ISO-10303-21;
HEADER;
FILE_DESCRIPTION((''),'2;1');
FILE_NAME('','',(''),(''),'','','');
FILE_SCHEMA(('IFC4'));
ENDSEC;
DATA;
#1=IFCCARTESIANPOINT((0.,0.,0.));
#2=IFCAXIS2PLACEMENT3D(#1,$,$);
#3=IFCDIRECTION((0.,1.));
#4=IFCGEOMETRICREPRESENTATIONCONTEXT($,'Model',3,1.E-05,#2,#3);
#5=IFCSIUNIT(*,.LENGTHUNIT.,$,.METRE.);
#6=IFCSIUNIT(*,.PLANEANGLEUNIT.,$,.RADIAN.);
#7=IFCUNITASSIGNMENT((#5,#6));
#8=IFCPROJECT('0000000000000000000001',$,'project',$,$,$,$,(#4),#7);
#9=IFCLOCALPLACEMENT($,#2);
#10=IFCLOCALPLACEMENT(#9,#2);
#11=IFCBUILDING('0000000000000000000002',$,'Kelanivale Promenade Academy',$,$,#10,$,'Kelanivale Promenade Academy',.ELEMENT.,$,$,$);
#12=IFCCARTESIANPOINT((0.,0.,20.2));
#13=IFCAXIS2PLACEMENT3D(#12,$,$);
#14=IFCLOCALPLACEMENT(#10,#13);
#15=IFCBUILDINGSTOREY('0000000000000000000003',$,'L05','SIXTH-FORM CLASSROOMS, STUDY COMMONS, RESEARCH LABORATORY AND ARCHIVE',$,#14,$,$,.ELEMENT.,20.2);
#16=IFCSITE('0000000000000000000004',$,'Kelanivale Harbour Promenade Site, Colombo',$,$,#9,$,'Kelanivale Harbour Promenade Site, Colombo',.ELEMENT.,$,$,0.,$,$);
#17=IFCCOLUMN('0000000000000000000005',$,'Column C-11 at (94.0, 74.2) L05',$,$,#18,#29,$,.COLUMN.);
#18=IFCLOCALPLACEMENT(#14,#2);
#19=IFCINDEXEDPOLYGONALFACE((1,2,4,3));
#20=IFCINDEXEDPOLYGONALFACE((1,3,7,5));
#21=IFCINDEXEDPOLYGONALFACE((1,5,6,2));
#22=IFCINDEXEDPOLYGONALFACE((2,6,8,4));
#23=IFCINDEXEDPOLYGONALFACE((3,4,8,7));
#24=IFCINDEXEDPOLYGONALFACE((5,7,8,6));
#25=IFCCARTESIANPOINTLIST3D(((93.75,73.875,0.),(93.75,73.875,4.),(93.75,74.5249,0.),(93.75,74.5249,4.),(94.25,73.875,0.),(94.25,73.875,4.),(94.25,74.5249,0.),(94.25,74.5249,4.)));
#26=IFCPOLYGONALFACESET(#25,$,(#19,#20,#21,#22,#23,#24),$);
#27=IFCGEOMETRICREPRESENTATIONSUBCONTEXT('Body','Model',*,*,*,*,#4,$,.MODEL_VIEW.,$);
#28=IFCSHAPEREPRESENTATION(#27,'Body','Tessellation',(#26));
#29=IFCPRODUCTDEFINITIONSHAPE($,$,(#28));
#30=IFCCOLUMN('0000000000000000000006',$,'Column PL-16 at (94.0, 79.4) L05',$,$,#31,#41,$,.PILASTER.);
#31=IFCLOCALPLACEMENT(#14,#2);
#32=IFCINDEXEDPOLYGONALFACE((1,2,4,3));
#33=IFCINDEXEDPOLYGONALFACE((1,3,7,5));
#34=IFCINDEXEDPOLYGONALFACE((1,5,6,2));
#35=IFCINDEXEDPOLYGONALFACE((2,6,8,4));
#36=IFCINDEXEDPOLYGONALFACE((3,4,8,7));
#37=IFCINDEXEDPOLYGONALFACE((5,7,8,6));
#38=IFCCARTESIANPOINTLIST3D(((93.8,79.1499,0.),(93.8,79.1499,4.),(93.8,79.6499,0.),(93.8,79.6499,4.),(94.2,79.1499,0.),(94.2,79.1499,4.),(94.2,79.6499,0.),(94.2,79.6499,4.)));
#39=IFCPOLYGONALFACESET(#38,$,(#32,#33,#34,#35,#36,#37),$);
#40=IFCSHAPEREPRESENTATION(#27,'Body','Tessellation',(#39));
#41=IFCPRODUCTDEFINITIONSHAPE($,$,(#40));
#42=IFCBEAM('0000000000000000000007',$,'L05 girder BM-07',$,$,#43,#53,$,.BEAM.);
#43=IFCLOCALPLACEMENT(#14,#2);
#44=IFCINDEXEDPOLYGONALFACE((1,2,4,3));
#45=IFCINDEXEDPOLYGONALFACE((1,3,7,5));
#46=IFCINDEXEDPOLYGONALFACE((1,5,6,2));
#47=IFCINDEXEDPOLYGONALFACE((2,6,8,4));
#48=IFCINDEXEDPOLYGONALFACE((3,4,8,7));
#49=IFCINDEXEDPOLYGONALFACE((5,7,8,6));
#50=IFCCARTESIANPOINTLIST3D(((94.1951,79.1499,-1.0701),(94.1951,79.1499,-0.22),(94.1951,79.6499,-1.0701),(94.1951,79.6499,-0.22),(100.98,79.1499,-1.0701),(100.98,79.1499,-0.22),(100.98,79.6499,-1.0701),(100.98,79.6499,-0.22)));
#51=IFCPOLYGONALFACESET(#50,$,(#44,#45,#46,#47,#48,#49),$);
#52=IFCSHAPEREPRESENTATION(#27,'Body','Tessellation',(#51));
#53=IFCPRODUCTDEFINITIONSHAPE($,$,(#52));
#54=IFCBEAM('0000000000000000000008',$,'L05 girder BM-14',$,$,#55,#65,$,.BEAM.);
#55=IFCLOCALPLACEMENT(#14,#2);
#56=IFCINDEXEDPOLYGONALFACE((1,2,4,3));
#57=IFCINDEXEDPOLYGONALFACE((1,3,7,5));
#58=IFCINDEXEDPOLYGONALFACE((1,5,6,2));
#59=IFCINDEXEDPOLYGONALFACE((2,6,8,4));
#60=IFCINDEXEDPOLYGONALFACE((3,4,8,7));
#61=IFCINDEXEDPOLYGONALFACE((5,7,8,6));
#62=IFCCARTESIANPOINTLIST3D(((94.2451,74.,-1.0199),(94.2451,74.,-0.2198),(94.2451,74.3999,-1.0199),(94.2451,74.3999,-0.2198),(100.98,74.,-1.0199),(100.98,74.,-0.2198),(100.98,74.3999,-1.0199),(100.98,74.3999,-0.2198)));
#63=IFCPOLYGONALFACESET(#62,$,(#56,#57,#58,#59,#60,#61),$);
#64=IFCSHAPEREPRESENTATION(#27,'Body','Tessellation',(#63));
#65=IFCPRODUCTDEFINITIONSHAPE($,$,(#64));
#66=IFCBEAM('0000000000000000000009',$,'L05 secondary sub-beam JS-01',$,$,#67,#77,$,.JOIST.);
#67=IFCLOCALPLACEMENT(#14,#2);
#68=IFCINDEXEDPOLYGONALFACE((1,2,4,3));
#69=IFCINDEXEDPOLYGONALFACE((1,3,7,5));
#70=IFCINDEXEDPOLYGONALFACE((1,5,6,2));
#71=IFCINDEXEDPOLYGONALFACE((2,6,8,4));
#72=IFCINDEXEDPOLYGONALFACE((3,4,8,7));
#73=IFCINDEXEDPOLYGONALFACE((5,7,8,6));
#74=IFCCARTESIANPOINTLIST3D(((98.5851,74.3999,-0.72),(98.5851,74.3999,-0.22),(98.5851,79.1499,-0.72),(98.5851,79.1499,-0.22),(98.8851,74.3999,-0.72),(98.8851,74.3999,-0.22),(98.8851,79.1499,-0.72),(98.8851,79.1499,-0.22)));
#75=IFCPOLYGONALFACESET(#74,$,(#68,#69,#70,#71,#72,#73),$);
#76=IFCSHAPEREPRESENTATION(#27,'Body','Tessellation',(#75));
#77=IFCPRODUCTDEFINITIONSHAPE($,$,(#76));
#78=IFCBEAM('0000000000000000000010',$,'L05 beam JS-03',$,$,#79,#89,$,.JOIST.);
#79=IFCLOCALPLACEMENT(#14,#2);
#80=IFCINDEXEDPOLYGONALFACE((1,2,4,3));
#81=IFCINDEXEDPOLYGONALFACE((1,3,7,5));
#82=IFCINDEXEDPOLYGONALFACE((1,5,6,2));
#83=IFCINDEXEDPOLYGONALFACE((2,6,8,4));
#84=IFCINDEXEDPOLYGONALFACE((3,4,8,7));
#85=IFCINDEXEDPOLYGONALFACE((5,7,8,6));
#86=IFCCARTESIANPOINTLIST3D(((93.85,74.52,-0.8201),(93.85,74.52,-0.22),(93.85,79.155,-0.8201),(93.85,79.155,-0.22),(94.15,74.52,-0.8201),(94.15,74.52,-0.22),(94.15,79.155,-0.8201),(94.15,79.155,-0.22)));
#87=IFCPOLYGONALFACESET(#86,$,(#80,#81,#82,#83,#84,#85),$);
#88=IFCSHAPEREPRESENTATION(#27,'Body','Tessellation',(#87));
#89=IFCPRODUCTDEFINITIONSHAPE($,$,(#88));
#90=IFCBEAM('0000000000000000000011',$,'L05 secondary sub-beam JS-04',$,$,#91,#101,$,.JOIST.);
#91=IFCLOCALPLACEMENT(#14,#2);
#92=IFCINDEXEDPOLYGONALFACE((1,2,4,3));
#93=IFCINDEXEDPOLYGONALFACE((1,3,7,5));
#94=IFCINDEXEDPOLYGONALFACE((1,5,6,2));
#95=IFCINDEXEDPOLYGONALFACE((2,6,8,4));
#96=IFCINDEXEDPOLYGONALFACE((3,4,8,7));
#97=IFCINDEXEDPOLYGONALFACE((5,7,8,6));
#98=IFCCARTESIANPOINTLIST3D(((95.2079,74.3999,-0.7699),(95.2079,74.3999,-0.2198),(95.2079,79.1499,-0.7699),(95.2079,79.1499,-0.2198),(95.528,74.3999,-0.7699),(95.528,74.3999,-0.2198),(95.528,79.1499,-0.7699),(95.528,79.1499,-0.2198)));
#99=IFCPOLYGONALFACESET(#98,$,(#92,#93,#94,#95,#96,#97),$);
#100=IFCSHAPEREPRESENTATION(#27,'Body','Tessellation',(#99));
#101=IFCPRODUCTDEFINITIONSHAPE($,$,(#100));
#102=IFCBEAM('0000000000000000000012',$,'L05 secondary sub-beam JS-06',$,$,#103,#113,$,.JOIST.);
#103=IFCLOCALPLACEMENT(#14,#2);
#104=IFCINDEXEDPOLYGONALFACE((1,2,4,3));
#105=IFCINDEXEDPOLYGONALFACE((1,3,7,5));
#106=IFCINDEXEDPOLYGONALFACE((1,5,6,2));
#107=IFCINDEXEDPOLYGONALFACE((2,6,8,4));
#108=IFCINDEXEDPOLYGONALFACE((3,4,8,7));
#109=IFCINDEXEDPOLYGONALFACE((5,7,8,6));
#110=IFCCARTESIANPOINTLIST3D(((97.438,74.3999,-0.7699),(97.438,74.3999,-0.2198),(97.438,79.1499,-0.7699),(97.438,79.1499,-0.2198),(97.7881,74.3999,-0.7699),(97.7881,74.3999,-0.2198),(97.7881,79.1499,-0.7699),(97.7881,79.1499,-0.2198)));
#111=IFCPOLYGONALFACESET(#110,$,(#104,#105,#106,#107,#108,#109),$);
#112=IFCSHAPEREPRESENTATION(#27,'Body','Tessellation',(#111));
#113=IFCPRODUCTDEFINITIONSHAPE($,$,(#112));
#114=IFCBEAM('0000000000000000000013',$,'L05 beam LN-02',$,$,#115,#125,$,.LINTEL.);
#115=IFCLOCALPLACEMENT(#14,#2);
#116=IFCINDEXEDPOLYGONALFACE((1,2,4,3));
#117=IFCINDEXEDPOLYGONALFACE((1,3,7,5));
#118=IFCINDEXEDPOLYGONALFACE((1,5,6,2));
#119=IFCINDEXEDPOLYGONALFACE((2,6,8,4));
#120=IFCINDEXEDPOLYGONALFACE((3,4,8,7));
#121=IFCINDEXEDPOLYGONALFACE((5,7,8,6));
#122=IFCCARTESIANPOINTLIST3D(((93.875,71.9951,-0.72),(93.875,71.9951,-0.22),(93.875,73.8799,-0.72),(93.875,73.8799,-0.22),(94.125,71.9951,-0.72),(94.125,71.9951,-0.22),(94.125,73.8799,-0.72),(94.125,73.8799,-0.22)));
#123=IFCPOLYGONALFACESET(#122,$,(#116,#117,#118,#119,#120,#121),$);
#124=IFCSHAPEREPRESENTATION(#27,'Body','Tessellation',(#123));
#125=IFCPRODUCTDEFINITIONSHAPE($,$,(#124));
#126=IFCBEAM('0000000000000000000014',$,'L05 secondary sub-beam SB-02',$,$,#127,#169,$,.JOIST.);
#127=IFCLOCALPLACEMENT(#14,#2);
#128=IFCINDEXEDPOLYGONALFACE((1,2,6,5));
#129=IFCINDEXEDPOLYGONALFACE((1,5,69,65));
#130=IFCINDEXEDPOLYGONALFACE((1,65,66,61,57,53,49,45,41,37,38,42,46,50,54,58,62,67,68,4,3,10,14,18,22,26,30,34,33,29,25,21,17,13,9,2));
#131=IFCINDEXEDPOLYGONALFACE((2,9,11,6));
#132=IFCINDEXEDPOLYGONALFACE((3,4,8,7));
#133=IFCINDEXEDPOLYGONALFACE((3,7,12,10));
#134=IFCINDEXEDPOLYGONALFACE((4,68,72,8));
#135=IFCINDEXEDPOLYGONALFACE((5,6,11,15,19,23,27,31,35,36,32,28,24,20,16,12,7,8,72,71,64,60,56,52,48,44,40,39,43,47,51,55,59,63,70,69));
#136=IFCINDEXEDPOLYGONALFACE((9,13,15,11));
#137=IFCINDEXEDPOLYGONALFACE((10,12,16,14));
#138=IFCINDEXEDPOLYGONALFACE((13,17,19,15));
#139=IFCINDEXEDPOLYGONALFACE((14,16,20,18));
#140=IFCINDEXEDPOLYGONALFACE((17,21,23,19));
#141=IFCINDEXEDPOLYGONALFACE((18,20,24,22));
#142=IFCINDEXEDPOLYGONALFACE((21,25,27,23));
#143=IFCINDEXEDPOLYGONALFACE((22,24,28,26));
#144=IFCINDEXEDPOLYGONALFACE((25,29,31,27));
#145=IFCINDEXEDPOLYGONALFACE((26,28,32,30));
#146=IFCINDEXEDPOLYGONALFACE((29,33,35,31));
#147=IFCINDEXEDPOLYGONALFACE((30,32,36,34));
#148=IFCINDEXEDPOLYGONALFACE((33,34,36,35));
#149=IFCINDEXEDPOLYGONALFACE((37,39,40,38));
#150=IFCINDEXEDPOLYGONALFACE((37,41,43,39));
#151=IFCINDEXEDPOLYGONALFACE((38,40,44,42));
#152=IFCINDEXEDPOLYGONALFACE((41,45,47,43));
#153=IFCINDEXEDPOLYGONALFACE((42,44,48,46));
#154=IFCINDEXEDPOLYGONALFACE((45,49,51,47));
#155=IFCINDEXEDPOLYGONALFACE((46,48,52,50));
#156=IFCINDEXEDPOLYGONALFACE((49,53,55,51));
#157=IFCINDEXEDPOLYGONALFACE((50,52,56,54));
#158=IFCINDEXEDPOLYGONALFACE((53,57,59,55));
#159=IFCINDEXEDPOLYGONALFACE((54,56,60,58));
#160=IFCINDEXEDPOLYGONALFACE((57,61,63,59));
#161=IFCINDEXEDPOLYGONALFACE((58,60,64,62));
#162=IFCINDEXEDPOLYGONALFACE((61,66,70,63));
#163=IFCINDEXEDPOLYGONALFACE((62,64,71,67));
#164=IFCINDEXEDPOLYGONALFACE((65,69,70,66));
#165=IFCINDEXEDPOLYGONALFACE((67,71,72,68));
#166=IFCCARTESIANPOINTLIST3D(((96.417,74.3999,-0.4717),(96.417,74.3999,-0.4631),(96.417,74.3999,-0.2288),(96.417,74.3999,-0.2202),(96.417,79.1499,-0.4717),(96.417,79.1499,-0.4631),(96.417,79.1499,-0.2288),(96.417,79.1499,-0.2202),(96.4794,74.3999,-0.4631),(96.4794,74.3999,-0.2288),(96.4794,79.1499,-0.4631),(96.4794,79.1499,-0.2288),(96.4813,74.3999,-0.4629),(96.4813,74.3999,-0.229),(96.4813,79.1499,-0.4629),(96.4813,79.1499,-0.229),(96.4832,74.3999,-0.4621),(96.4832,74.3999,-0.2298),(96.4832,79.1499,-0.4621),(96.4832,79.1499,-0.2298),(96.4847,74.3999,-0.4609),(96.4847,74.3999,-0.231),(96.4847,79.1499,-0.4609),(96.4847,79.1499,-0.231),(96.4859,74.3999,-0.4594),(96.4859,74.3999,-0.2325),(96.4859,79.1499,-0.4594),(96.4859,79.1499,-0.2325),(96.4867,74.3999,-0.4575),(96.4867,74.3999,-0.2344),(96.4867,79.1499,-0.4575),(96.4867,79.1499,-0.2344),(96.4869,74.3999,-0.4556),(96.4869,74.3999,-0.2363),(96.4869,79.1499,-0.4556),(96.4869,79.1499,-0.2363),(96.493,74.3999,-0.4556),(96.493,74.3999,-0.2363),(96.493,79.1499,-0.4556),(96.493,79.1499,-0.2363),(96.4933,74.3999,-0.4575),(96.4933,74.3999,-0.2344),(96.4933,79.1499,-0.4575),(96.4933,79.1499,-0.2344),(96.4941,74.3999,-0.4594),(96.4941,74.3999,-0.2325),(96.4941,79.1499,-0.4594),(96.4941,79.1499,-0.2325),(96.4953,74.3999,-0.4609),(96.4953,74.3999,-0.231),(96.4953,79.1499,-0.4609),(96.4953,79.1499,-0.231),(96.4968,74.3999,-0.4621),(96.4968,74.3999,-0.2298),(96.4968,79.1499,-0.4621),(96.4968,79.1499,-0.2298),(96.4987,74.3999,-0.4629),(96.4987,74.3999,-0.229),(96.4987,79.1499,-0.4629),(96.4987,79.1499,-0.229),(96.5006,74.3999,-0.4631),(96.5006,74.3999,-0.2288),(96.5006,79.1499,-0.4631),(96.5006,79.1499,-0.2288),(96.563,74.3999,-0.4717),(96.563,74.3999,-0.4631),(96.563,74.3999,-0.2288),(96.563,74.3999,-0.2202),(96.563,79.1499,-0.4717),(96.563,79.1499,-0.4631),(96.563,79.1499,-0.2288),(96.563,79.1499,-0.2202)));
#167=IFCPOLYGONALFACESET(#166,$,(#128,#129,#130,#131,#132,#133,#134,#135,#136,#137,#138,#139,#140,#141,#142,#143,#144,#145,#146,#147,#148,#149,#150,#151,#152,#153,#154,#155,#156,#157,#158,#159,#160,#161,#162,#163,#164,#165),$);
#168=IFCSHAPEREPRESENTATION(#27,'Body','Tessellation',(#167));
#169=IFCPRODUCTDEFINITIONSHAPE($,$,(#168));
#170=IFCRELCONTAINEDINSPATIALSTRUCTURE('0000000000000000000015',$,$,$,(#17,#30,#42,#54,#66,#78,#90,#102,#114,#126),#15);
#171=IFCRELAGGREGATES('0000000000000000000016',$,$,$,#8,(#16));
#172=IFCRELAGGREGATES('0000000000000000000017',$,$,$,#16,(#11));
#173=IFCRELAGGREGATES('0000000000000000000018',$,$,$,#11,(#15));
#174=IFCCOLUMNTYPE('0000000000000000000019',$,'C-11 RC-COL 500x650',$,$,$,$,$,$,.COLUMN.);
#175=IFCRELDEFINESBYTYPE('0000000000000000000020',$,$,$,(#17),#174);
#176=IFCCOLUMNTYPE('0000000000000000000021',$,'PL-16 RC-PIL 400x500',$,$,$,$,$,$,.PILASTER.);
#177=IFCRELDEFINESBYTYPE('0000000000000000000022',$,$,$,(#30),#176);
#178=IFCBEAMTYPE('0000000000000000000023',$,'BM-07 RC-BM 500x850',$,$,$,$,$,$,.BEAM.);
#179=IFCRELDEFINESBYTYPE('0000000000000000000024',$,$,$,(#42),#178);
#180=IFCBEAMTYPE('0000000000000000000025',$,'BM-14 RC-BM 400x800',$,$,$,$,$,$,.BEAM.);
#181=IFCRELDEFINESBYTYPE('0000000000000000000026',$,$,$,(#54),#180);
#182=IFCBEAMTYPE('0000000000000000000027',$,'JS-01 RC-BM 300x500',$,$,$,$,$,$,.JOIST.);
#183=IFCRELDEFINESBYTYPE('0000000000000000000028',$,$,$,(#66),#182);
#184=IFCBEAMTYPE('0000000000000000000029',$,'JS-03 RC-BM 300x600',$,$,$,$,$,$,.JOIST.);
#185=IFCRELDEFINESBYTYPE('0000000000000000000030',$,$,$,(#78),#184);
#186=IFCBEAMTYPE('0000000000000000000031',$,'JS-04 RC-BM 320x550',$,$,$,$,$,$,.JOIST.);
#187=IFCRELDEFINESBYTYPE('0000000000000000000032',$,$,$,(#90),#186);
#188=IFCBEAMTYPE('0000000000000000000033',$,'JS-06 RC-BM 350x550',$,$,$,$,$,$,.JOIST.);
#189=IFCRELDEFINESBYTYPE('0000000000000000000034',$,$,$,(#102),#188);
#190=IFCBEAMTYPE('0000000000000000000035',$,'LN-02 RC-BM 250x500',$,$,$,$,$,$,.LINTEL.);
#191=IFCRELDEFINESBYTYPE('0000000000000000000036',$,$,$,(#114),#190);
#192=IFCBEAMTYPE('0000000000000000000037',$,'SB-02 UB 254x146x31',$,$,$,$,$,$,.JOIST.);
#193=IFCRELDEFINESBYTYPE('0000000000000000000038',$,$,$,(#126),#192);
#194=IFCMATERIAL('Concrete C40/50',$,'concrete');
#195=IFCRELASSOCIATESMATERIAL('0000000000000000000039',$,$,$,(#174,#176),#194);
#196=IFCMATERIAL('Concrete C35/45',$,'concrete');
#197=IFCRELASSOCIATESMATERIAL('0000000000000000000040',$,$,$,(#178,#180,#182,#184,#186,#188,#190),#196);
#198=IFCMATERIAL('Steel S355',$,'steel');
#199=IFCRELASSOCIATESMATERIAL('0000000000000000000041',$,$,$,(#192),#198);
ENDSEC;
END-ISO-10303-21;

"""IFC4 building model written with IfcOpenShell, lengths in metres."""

from ifc_helpers import new_model, si_unit, direction, frame, origin, origin_2d, place, context, subcontext, project, spatial, rectangle, i_section, extrude, material, material_profile, profile_set, type_object, element, save


model = new_model("IFC4")

# Units and contexts
model_context = context("Model", 3, precision=1e-05, world=origin(), true_north=direction((0.0, 1.0)))
body_context = subcontext(model_context, "Body", "Model", "MODEL_VIEW")
ifc_project = project(units=[si_unit("LENGTHUNIT", "METRE"), si_unit("PLANEANGLEUNIT", "RADIAN")], contexts=[model_context])

# Site, building, storey
site_placement = place(None, origin())
site = spatial("IfcSite", under=ifc_project, at=site_placement, Name="Kelanivale Harbour Promenade Site, Colombo", LongName="Kelanivale Harbour Promenade Site, Colombo", CompositionType="ELEMENT", RefElevation=0.0)
building_placement = place(site_placement, origin())
building = spatial("IfcBuilding", under=site, at=building_placement, Name="Kelanivale Promenade Academy", LongName="Kelanivale Promenade Academy", CompositionType="ELEMENT")
storey_placement = place(building_placement, frame((0.0, 0.0, 20.2)))
storey = spatial("IfcBuildingStorey", under=building, at=storey_placement, Name="L05", Description="SIXTH-FORM CLASSROOMS, STUDY COMMONS, RESEARCH LABORATORY AND ARCHIVE", CompositionType="ELEMENT", Elevation=20.2)

# Columns
ifc_material_1 = material(Name="Concrete C40/50", Category="concrete")
ifc_material_profile_1 = material_profile(ifc_material_1, rectangle(XDim=0.5, YDim=0.6499, at=origin_2d()), Name="RC-COL 500x650")
ifc_profile_set_1 = profile_set([ifc_material_profile_1], Name="Concrete C40/50")
column_type_1 = type_object("IfcColumnType", Name="C-11 RC-COL 500x650", PredefinedType="COLUMN", material=ifc_profile_set_1)
column_1_placement = place(storey_placement, frame((94.0, 74.2, 0.0), z_axis=(0.0, 0.0, 1.0), x_axis=(1.0, 0.0, 0.0)))
element("IfcColumn", 1, at=column_1_placement, inside=storey, type_object=column_type_1, Name="Column C-11 at (94.0, 74.2) L05", PredefinedType="COLUMN", context=body_context, shape_type="SweptSolid", body=[
    extrude(rectangle(XDim=0.5, YDim=0.6499, at=origin_2d()), origin(), (0.0, 0.0, 1.0), 4.0),
])
ifc_material_profile_2 = material_profile(ifc_material_1, rectangle(XDim=0.3999, YDim=0.5, at=origin_2d()), Name="RC-PIL 400x500")
ifc_profile_set_2 = profile_set([ifc_material_profile_2], Name="Concrete C40/50")
column_type_2 = type_object("IfcColumnType", Name="PL-16 RC-PIL 400x500", PredefinedType="PILASTER", material=ifc_profile_set_2)
column_2_placement = place(storey_placement, frame((94.0, 79.3999, 0.0), z_axis=(0.0, 0.0, 1.0), x_axis=(1.0, 0.0, 0.0)))
element("IfcColumn", 2, at=column_2_placement, inside=storey, type_object=column_type_2, Name="Column PL-16 at (94.0, 79.4) L05", PredefinedType="PILASTER", context=body_context, shape_type="SweptSolid", body=[
    extrude(rectangle(XDim=0.3999, YDim=0.5, at=origin_2d()), origin(), (0.0, 0.0, 1.0), 4.0),
])

# Beams
ifc_material_2 = material(Name="Concrete C35/45", Category="concrete")
ifc_material_profile_3 = material_profile(ifc_material_2, rectangle(XDim=0.5, YDim=0.8501, at=origin_2d()), Name="RC-BM 500x850")
ifc_profile_set_3 = profile_set([ifc_material_profile_3], Name="Concrete C35/45")
beam_type_1 = type_object("IfcBeamType", Name="BM-07 RC-BM 500x850", PredefinedType="BEAM", material=ifc_profile_set_3)
beam_1_placement = place(storey_placement, frame((94.1951, 79.3999, -0.645), z_axis=(1.0, 0.0, 0.0), x_axis=(0.0, 1.0, 0.0)))
element("IfcBeam", 3, at=beam_1_placement, inside=storey, type_object=beam_type_1, Name="L05 girder BM-07", PredefinedType="BEAM", context=body_context, shape_type="SweptSolid", body=[
    extrude(rectangle(XDim=0.5, YDim=0.8501, at=origin_2d()), origin(), (0.0, 0.0, 1.0), 6.7849),
])
ifc_material_profile_4 = material_profile(ifc_material_2, rectangle(XDim=0.3999, YDim=0.8, at=origin_2d()), Name="RC-BM 400x800")
ifc_profile_set_4 = profile_set([ifc_material_profile_4], Name="Concrete C35/45")
beam_type_2 = type_object("IfcBeamType", Name="BM-14 RC-BM 400x800", PredefinedType="BEAM", material=ifc_profile_set_4)
beam_2_placement = place(storey_placement, frame((94.2451, 74.2, -0.6199), z_axis=(1.0, 0.0, 0.0), x_axis=(0.0, 1.0, 0.0)))
element("IfcBeam", 4, at=beam_2_placement, inside=storey, type_object=beam_type_2, Name="L05 girder BM-14", PredefinedType="BEAM", context=body_context, shape_type="SweptSolid", body=[
    extrude(rectangle(XDim=0.3999, YDim=0.8, at=origin_2d()), origin(), (0.0, 0.0, 1.0), 6.7349),
])
ifc_material_profile_5 = material_profile(ifc_material_2, rectangle(XDim=0.3, YDim=0.5, at=origin_2d()), Name="RC-BM 300x500")
ifc_profile_set_5 = profile_set([ifc_material_profile_5], Name="Concrete C35/45")
beam_type_3 = type_object("IfcBeamType", Name="JS-01 RC-BM 300x500", PredefinedType="JOIST", material=ifc_profile_set_5)
beam_3_placement = place(storey_placement, frame((98.7351, 74.3999, -0.47), z_axis=(0.0, 1.0, 0.0), x_axis=(-1.0, 0.0, 0.0)))
element("IfcBeam", 5, at=beam_3_placement, inside=storey, type_object=beam_type_3, Name="L05 secondary sub-beam JS-01", PredefinedType="JOIST", context=body_context, shape_type="SweptSolid", body=[
    extrude(rectangle(XDim=0.3, YDim=0.5, at=origin_2d()), origin(), (0.0, 0.0, 1.0), 4.75),
])
ifc_material_profile_6 = material_profile(ifc_material_2, rectangle(XDim=0.3, YDim=0.6001, at=origin_2d()), Name="RC-BM 300x600")
ifc_profile_set_6 = profile_set([ifc_material_profile_6], Name="Concrete C35/45")
beam_type_4 = type_object("IfcBeamType", Name="JS-03 RC-BM 300x600", PredefinedType="JOIST", material=ifc_profile_set_6)
beam_4_placement = place(storey_placement, frame((94.0, 74.52, -0.52), z_axis=(0.0, 1.0, 0.0), x_axis=(-1.0, 0.0, 0.0)))
element("IfcBeam", 6, at=beam_4_placement, inside=storey, type_object=beam_type_4, Name="L05 beam JS-03", PredefinedType="JOIST", context=body_context, shape_type="SweptSolid", body=[
    extrude(rectangle(XDim=0.3, YDim=0.6001, at=origin_2d()), origin(), (0.0, 0.0, 1.0), 4.635),
])
ifc_material_profile_7 = material_profile(ifc_material_2, rectangle(XDim=0.3201, YDim=0.55, at=origin_2d()), Name="RC-BM 320x550")
ifc_profile_set_7 = profile_set([ifc_material_profile_7], Name="Concrete C35/45")
beam_type_5 = type_object("IfcBeamType", Name="JS-04 RC-BM 320x550", PredefinedType="JOIST", material=ifc_profile_set_7)
beam_5_placement = place(storey_placement, frame((95.3679, 74.3999, -0.4949), z_axis=(0.0, 1.0, 0.0), x_axis=(-1.0, 0.0, 0.0)))
element("IfcBeam", 7, at=beam_5_placement, inside=storey, type_object=beam_type_5, Name="L05 secondary sub-beam JS-04", PredefinedType="JOIST", context=body_context, shape_type="SweptSolid", body=[
    extrude(rectangle(XDim=0.3201, YDim=0.55, at=origin_2d()), origin(), (0.0, 0.0, 1.0), 4.75),
])
ifc_material_profile_8 = material_profile(ifc_material_2, rectangle(XDim=0.3501, YDim=0.55, at=origin_2d()), Name="RC-BM 350x550")
ifc_profile_set_8 = profile_set([ifc_material_profile_8], Name="Concrete C35/45")
beam_type_6 = type_object("IfcBeamType", Name="JS-06 RC-BM 350x550", PredefinedType="JOIST", material=ifc_profile_set_8)
beam_6_placement = place(storey_placement, frame((97.613, 74.3999, -0.4949), z_axis=(0.0, 1.0, 0.0), x_axis=(-1.0, 0.0, 0.0)))
element("IfcBeam", 8, at=beam_6_placement, inside=storey, type_object=beam_type_6, Name="L05 secondary sub-beam JS-06", PredefinedType="JOIST", context=body_context, shape_type="SweptSolid", body=[
    extrude(rectangle(XDim=0.3501, YDim=0.55, at=origin_2d()), origin(), (0.0, 0.0, 1.0), 4.75),
])
ifc_material_profile_9 = material_profile(ifc_material_2, rectangle(XDim=0.25, YDim=0.5, at=origin_2d()), Name="RC-BM 250x500")
ifc_profile_set_9 = profile_set([ifc_material_profile_9], Name="Concrete C35/45")
beam_type_7 = type_object("IfcBeamType", Name="LN-02 RC-BM 250x500", PredefinedType="LINTEL", material=ifc_profile_set_9)
beam_7_placement = place(storey_placement, frame((94.0, 71.9951, -0.47), z_axis=(0.0, 1.0, 0.0), x_axis=(-1.0, 0.0, 0.0)))
element("IfcBeam", 9, at=beam_7_placement, inside=storey, type_object=beam_type_7, Name="L05 beam LN-02", PredefinedType="LINTEL", context=body_context, shape_type="SweptSolid", body=[
    extrude(rectangle(XDim=0.25, YDim=0.5, at=origin_2d()), origin(), (0.0, 0.0, 1.0), 1.8848),
])
ifc_material_3 = material(Name="Steel S355", Category="steel")
ifc_material_profile_10 = material_profile(ifc_material_3, i_section(OverallWidth=0.146, OverallDepth=0.2515, WebThickness=0.0061, FlangeThickness=0.0085, FilletRadius=0.0076, at=origin_2d()), Name="UB 254x146x31")
ifc_profile_set_10 = profile_set([ifc_material_profile_10], Name="Steel S355")
beam_type_8 = type_object("IfcBeamType", Name="SB-02 UB 254x146x31", PredefinedType="JOIST", material=ifc_profile_set_10)
beam_8_placement = place(storey_placement, frame((96.49, 74.3999, -0.3459), z_axis=(0.0, 1.0, 0.0), x_axis=(-1.0, 0.0, 0.0)))
element("IfcBeam", 10, at=beam_8_placement, inside=storey, type_object=beam_type_8, Name="L05 secondary sub-beam SB-02", PredefinedType="JOIST", context=body_context, shape_type="SweptSolid", body=[
    extrude(i_section(OverallWidth=0.146, OverallDepth=0.2515, WebThickness=0.0061, FlangeThickness=0.0085, FilletRadius=0.0076, at=origin_2d()), origin(), (0.0, 0.0, 1.0), 4.75),
])

save(model, "model.ifc")
